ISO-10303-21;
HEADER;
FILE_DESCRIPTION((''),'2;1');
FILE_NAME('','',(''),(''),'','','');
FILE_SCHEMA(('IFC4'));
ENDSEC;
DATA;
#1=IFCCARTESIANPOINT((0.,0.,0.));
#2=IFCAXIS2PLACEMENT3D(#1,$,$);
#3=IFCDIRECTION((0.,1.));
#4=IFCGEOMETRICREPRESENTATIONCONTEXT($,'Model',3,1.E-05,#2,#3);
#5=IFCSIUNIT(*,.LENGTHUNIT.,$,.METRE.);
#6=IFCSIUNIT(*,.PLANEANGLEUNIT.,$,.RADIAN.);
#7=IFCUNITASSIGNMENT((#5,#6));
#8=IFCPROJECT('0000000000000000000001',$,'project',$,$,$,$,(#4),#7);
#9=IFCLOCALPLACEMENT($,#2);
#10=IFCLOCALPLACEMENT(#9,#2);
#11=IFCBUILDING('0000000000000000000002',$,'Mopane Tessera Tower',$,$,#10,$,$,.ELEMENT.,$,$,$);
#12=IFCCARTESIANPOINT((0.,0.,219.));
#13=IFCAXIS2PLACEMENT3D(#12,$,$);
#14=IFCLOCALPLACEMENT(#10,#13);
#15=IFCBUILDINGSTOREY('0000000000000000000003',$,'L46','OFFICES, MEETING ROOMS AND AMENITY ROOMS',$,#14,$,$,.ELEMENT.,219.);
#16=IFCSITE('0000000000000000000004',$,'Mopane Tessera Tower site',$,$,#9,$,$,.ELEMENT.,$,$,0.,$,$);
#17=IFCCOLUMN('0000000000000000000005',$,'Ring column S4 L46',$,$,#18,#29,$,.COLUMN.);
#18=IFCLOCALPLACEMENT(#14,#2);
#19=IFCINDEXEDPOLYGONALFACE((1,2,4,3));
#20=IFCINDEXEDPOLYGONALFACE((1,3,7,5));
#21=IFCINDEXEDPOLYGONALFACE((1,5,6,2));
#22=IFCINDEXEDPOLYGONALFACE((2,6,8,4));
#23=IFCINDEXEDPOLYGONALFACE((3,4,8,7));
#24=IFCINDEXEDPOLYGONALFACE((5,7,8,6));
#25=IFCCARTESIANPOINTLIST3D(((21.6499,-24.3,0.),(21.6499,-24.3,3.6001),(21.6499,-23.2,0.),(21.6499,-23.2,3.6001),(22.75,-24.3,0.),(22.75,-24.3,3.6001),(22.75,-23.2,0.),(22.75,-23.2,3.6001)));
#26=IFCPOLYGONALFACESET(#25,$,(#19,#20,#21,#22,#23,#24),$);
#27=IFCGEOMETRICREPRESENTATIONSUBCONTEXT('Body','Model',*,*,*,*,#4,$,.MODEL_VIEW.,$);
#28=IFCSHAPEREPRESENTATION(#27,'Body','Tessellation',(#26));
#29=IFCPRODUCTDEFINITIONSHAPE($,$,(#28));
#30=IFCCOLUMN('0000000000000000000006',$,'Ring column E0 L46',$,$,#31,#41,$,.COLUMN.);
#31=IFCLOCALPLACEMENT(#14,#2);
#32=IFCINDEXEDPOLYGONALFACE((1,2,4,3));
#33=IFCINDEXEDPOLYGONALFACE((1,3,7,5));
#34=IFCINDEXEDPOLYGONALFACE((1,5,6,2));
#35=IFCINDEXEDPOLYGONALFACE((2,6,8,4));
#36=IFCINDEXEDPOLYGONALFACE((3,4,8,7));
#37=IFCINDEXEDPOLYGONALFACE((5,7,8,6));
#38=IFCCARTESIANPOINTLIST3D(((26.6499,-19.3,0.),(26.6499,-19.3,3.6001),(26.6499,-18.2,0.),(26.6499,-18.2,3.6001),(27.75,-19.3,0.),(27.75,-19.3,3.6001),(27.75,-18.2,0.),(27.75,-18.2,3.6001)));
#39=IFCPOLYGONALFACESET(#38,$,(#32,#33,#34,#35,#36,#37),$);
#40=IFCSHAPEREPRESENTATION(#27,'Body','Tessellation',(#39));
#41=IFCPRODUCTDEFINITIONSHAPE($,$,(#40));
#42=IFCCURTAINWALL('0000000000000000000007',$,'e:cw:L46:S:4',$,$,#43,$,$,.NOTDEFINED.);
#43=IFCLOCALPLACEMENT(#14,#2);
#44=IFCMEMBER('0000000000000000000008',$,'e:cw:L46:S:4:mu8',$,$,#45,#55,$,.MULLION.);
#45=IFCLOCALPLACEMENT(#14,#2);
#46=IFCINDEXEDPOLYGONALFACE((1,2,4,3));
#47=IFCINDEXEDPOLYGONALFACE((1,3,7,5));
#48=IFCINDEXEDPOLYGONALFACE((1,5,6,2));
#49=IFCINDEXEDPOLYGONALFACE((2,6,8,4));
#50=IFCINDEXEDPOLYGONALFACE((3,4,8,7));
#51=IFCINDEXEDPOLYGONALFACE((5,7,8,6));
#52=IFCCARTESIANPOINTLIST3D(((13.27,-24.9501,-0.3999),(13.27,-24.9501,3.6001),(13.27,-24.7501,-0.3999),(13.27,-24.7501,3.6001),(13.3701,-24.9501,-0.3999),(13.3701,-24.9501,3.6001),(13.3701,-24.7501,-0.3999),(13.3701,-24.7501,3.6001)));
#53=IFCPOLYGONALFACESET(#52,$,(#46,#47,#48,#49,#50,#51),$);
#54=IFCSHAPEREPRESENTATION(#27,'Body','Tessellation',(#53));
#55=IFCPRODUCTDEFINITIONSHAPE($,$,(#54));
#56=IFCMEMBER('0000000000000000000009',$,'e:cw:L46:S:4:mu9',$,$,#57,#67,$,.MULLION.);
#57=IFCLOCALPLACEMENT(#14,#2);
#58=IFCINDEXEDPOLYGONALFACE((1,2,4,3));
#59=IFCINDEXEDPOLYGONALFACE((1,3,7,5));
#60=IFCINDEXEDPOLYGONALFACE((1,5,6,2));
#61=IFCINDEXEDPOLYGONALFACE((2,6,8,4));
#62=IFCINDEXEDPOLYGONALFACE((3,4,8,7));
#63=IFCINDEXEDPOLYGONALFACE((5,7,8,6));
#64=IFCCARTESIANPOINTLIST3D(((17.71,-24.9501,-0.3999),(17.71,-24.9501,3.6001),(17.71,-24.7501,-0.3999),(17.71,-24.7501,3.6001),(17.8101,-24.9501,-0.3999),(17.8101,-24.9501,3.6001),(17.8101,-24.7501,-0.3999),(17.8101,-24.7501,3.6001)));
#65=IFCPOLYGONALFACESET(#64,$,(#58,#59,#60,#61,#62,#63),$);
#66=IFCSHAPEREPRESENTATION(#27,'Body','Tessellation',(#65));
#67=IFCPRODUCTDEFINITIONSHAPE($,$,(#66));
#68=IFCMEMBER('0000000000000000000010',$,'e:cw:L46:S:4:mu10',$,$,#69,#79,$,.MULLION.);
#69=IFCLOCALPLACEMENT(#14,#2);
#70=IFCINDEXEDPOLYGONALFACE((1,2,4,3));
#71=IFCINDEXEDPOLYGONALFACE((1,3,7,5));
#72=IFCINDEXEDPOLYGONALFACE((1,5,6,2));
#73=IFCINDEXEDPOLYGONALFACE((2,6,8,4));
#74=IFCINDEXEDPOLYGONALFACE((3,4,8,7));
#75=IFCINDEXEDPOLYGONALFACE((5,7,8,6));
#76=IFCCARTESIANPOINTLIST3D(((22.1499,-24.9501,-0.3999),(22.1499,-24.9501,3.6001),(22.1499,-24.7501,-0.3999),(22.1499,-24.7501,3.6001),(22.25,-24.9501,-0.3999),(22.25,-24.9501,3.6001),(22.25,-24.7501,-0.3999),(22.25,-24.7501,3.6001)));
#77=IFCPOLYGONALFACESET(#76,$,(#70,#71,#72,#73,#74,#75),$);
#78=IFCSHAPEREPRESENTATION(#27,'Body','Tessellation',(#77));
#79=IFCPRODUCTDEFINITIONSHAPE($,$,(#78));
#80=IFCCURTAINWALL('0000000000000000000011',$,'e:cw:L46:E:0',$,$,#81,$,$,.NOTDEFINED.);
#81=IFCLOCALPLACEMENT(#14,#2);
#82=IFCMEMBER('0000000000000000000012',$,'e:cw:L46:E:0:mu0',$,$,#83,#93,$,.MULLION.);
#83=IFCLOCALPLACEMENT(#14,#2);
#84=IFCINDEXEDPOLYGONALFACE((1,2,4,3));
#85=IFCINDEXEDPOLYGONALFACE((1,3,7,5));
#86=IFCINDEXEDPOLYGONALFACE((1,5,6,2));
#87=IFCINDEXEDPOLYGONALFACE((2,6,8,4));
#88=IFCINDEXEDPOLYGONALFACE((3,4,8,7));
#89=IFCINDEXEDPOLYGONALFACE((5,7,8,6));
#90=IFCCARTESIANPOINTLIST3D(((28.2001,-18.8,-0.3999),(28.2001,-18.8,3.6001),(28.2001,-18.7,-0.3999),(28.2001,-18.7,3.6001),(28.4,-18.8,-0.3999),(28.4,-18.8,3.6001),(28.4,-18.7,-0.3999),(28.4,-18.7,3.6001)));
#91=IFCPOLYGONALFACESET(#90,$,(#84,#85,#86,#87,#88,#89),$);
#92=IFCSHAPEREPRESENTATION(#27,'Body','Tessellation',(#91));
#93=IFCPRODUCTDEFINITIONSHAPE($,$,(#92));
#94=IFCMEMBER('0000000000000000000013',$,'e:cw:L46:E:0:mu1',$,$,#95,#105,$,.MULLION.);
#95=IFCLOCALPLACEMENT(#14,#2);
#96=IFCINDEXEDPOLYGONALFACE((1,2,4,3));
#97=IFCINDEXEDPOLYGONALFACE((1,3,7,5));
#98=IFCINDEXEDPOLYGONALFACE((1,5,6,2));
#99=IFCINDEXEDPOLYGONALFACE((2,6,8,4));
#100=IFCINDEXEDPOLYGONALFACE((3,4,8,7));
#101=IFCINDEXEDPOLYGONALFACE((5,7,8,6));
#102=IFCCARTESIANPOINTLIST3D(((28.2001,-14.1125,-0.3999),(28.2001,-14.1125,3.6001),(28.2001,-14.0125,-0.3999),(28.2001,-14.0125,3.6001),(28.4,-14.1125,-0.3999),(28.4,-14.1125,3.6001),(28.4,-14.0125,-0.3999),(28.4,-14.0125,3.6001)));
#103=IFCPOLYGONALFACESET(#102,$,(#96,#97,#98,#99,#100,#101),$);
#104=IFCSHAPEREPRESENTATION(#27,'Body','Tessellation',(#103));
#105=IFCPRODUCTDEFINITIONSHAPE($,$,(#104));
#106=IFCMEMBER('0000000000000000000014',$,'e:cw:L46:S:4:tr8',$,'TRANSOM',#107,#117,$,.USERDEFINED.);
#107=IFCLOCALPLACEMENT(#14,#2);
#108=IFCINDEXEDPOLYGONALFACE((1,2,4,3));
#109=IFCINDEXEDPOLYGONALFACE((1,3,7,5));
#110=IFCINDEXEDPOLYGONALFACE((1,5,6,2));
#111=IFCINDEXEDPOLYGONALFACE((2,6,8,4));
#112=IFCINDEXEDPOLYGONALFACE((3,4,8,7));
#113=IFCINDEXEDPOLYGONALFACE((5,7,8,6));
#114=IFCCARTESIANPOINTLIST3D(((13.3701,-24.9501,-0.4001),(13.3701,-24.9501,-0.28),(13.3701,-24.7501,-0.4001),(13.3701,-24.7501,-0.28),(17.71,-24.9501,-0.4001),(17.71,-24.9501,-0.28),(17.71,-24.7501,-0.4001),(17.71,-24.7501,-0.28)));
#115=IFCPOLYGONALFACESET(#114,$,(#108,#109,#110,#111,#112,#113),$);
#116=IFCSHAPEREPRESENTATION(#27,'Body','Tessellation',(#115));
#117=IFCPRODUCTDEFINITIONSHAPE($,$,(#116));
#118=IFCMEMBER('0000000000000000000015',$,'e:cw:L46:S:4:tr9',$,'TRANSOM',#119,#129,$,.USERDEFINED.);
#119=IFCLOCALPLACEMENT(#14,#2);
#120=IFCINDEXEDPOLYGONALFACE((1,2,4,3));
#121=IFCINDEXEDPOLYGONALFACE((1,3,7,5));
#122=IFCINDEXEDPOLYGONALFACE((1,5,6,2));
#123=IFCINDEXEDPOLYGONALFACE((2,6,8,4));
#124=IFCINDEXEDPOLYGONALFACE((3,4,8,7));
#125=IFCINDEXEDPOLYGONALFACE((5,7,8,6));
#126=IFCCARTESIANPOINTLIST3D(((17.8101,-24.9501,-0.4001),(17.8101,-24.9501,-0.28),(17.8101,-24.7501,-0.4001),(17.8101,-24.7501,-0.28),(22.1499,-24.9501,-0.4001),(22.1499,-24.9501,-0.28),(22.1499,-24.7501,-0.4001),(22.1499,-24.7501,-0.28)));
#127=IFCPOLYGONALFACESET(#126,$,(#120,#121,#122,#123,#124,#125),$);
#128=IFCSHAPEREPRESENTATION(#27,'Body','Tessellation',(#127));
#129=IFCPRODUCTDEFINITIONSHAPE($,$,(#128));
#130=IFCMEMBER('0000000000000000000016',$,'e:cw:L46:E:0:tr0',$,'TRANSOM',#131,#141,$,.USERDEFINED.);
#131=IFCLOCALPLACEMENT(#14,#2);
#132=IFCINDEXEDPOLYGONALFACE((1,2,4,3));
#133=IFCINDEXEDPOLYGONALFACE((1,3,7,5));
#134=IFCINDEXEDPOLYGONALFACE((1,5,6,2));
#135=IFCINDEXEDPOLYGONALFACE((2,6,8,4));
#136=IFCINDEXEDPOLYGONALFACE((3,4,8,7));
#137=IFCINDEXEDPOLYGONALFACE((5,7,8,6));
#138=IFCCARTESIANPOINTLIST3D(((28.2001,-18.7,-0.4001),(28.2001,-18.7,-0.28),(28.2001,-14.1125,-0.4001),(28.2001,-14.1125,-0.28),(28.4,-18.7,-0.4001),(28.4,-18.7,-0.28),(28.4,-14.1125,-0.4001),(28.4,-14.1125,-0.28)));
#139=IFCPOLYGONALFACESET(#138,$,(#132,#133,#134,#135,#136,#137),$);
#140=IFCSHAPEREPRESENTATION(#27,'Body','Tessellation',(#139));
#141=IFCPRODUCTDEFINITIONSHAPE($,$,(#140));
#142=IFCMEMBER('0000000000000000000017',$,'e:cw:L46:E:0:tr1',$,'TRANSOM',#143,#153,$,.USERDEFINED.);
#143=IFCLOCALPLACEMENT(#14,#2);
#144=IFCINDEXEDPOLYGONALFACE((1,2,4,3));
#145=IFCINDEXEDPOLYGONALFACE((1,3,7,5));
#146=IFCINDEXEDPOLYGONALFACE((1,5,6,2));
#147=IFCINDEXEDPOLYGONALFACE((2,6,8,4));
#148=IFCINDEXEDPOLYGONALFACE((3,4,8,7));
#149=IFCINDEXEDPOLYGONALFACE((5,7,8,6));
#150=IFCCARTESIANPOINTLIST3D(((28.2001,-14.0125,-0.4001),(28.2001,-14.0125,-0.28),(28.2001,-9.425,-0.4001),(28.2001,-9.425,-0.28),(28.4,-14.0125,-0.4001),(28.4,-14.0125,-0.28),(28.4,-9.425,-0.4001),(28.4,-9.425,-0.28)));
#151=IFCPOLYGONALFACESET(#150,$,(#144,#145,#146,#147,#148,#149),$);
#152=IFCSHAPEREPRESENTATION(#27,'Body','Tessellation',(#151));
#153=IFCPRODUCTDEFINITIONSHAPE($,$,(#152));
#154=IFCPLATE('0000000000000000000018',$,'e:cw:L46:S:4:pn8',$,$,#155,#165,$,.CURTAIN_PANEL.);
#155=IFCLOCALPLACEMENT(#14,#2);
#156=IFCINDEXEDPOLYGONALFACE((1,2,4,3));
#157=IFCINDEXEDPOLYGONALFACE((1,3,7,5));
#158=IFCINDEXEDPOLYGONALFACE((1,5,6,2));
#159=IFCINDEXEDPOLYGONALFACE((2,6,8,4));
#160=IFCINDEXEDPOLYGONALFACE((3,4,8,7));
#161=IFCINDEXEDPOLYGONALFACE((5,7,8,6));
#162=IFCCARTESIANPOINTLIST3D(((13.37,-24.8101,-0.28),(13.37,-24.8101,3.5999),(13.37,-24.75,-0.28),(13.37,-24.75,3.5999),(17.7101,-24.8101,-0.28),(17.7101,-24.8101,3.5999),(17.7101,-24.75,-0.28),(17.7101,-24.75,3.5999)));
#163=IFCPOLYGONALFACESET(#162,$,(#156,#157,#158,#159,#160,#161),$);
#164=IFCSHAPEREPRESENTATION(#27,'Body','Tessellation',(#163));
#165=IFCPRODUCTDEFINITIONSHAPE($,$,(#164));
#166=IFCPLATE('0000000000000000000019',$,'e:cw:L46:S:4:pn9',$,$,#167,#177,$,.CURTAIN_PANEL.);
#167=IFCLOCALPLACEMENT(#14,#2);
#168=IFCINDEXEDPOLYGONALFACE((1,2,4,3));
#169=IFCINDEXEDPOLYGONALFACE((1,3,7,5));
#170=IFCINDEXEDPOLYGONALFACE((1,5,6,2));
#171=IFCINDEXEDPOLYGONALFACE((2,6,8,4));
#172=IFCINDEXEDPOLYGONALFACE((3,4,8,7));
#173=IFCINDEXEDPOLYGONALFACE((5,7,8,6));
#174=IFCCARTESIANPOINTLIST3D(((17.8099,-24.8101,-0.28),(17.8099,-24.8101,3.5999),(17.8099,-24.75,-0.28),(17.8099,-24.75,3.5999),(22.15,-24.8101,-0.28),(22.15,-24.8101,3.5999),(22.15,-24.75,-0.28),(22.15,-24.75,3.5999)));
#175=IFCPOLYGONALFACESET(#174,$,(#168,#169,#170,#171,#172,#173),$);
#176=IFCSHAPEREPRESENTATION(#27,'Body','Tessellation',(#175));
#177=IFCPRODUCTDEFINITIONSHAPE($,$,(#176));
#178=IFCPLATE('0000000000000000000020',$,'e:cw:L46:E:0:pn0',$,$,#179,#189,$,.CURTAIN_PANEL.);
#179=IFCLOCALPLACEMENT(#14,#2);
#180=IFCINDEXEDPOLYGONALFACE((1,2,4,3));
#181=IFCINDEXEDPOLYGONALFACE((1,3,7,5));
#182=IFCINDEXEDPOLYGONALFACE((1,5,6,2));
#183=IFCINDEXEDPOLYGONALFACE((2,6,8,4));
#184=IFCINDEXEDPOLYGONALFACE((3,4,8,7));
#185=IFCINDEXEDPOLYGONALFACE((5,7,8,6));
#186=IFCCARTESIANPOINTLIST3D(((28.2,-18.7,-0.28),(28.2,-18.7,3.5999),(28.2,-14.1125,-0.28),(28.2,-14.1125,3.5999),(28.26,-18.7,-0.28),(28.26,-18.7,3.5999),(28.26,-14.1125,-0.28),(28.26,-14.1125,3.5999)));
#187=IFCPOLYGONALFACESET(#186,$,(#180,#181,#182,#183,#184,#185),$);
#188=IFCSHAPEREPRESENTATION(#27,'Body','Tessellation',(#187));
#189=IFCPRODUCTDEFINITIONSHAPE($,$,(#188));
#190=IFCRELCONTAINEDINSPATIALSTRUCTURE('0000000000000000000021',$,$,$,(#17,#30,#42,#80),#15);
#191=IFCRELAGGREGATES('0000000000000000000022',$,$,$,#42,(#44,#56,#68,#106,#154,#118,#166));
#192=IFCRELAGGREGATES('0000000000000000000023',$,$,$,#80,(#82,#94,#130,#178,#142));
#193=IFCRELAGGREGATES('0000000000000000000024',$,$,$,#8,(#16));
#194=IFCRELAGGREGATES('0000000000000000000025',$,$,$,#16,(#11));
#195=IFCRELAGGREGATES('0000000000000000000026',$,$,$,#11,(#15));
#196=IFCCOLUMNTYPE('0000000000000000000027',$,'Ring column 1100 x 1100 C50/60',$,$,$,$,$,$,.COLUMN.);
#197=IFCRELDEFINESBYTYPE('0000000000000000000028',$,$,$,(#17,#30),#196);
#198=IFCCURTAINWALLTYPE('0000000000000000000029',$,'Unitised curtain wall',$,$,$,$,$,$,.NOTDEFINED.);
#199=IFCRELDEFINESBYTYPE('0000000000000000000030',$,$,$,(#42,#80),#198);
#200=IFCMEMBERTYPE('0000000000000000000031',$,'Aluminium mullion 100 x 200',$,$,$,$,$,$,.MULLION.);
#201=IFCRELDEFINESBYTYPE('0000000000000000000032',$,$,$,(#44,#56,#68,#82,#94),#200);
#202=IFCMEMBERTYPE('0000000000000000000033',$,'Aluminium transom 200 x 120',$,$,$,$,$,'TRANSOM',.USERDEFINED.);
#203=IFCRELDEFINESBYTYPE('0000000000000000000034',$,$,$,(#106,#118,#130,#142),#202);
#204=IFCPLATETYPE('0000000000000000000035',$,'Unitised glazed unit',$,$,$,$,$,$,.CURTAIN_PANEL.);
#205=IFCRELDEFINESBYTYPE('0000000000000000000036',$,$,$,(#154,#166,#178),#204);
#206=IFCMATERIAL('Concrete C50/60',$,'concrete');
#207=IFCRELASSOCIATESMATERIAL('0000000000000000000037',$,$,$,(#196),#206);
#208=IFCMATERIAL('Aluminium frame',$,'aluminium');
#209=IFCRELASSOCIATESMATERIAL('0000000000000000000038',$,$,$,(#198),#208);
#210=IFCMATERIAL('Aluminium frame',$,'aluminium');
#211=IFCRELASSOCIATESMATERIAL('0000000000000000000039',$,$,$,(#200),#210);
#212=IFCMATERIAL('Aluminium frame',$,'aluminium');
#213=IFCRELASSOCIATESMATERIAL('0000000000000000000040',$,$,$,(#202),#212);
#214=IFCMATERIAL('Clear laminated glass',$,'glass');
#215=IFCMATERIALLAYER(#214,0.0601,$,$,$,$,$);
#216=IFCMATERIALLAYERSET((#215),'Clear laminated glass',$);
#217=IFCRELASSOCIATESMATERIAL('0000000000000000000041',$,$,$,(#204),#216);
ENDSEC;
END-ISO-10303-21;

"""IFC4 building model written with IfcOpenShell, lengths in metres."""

from ifc_helpers import new_model, si_unit, direction, frame, origin, origin_2d, place, context, subcontext, project, spatial, rectangle, extrude, material, layer, layer_set, material_profile, profile_set, type_object, element, aggregate, save


model = new_model("IFC4")

# Units and contexts
model_context = context("Model", 3, precision=1e-05, world=origin(), true_north=direction((0.0, 1.0)))
body_context = subcontext(model_context, "Body", "Model", "MODEL_VIEW")
ifc_project = project(units=[si_unit("LENGTHUNIT", "METRE"), si_unit("PLANEANGLEUNIT", "RADIAN")], contexts=[model_context])

# Site, building, storey
site_placement = place(None, origin())
site = spatial("IfcSite", under=ifc_project, at=site_placement, Name="Mopane Tessera Tower site", CompositionType="ELEMENT", RefElevation=0.0)
building_placement = place(site_placement, origin())
building = spatial("IfcBuilding", under=site, at=building_placement, Name="Mopane Tessera Tower", CompositionType="ELEMENT")
storey_placement = place(building_placement, frame((0.0, 0.0, 219.0)))
storey = spatial("IfcBuildingStorey", under=building, at=storey_placement, Name="L46", Description="OFFICES, MEETING ROOMS AND AMENITY ROOMS", CompositionType="ELEMENT", Elevation=219.0)

# Columns
ifc_material_1 = material(Name="Concrete C50/60", Category="concrete")
ifc_material_profile_1 = material_profile(ifc_material_1, rectangle(XDim=1.1001, YDim=1.1001, at=origin_2d()))
ifc_profile_set_1 = profile_set([ifc_material_profile_1], Name="Concrete C50/60")
column_type = type_object("IfcColumnType", Name="Ring column 1100 x 1100 C50/60", PredefinedType="COLUMN", material=ifc_profile_set_1)
for number, where, z_axis, x_axis, name in (
    (1, (22.2, -23.75, 0.0), (0.0, 0.0, 1.0), (1.0, 0.0, 0.0), "Ring column S4 L46"),
    (2, (27.2, -18.75, 0.0), (0.0, 0.0, 1.0), (1.0, 0.0, 0.0), "Ring column E0 L46"),
):
    element("IfcColumn", number, at=place(storey_placement, frame(where, z_axis=z_axis, x_axis=x_axis)), inside=storey, type_object=column_type, Name=name, PredefinedType="COLUMN", context=body_context, shape_type="SweptSolid", body=[
        extrude(rectangle(XDim=1.1001, YDim=1.1001, at=origin_2d()), origin(), (0.0, 0.0, 1.0), 3.6001),
    ])

# Curtain walls, members
ifc_material_2 = material(Name="Aluminium frame", Category="aluminium")
curtain_wall_type = type_object("IfcCurtainWallType", Name="Unitised curtain wall", PredefinedType="NOTDEFINED", material=ifc_material_2)
curtain_wall_1_placement = place(storey_placement, origin())
curtain_wall_1 = element("IfcCurtainWall", 3, at=curtain_wall_1_placement, inside=storey, type_object=curtain_wall_type, Name="e:cw:L46:S:4", PredefinedType="NOTDEFINED")
ifc_material_3 = material(Name="Aluminium frame", Category="aluminium")
ifc_material_profile_2 = material_profile(ifc_material_3, rectangle(XDim=0.1001, YDim=0.2, at=origin_2d()))
ifc_profile_set_2 = profile_set([ifc_material_profile_2], Name="Aluminium frame")
member_type_1 = type_object("IfcMemberType", Name="Aluminium mullion 100 x 200", PredefinedType="MULLION", material=ifc_profile_set_2)
member_1_placement = place(storey_placement, frame((13.3201, -24.8501, -0.3999), z_axis=(0.0, 0.0, 1.0), x_axis=(1.0, 0.0, 0.0)))
member_1 = element("IfcMember", 4, at=member_1_placement, type_object=member_type_1, Name="e:cw:L46:S:4:mu8", PredefinedType="MULLION", context=body_context, shape_type="SweptSolid", body=[
    extrude(rectangle(XDim=0.1001, YDim=0.2, at=origin_2d()), origin(), (0.0, 0.0, 1.0), 4.0),
])
member_2_placement = place(storey_placement, frame((17.76, -24.8501, -0.3999), z_axis=(0.0, 0.0, 1.0), x_axis=(1.0, 0.0, 0.0)))
member_2 = element("IfcMember", 5, at=member_2_placement, type_object=member_type_1, Name="e:cw:L46:S:4:mu9", PredefinedType="MULLION", context=body_context, shape_type="SweptSolid", body=[
    extrude(rectangle(XDim=0.1001, YDim=0.2, at=origin_2d()), origin(), (0.0, 0.0, 1.0), 4.0),
])
member_3_placement = place(storey_placement, frame((22.2, -24.8501, -0.3999), z_axis=(0.0, 0.0, 1.0), x_axis=(1.0, 0.0, 0.0)))
member_3 = element("IfcMember", 6, at=member_3_placement, type_object=member_type_1, Name="e:cw:L46:S:4:mu10", PredefinedType="MULLION", context=body_context, shape_type="SweptSolid", body=[
    extrude(rectangle(XDim=0.1001, YDim=0.2, at=origin_2d()), origin(), (0.0, 0.0, 1.0), 4.0),
])
curtain_wall_2_placement = place(storey_placement, origin())
curtain_wall_2 = element("IfcCurtainWall", 7, at=curtain_wall_2_placement, inside=storey, type_object=curtain_wall_type, Name="e:cw:L46:E:0", PredefinedType="NOTDEFINED")
member_4_placement = place(storey_placement, frame((28.3, -18.75, -0.3999), z_axis=(0.0, 0.0, 1.0), x_axis=(0.0, 1.0, 0.0)))
member_4 = element("IfcMember", 8, at=member_4_placement, type_object=member_type_1, Name="e:cw:L46:E:0:mu0", PredefinedType="MULLION", context=body_context, shape_type="SweptSolid", body=[
    extrude(rectangle(XDim=0.1001, YDim=0.2, at=origin_2d()), origin(), (0.0, 0.0, 1.0), 4.0),
])
member_5_placement = place(storey_placement, frame((28.3, -14.0625, -0.3999), z_axis=(0.0, 0.0, 1.0), x_axis=(0.0, 1.0, 0.0)))
member_5 = element("IfcMember", 9, at=member_5_placement, type_object=member_type_1, Name="e:cw:L46:E:0:mu1", PredefinedType="MULLION", context=body_context, shape_type="SweptSolid", body=[
    extrude(rectangle(XDim=0.1001, YDim=0.2, at=origin_2d()), origin(), (0.0, 0.0, 1.0), 4.0),
])

# Members
ifc_material_4 = material(Name="Aluminium frame", Category="aluminium")
ifc_material_profile_3 = material_profile(ifc_material_4, rectangle(XDim=0.2, YDim=0.1201, at=origin_2d()))
ifc_profile_set_3 = profile_set([ifc_material_profile_3], Name="Aluminium frame")
member_type_2 = type_object("IfcMemberType", Name="Aluminium transom 200 x 120", ElementType="TRANSOM", PredefinedType="USERDEFINED", material=ifc_profile_set_3)
member_6_placement = place(storey_placement, frame((13.3701, -24.8501, -0.3401), z_axis=(1.0, 0.0, 0.0), x_axis=(0.0, 1.0, 0.0)))
member_6 = element("IfcMember", 10, at=member_6_placement, type_object=member_type_2, Name="e:cw:L46:S:4:tr8", ObjectType="TRANSOM", PredefinedType="USERDEFINED", context=body_context, shape_type="SweptSolid", body=[
    extrude(rectangle(XDim=0.2, YDim=0.1201, at=origin_2d()), origin(), (0.0, 0.0, 1.0), 4.3398),
])
member_7_placement = place(storey_placement, frame((17.8101, -24.8501, -0.3401), z_axis=(1.0, 0.0, 0.0), x_axis=(0.0, 1.0, 0.0)))
member_7 = element("IfcMember", 11, at=member_7_placement, type_object=member_type_2, Name="e:cw:L46:S:4:tr9", ObjectType="TRANSOM", PredefinedType="USERDEFINED", context=body_context, shape_type="SweptSolid", body=[
    extrude(rectangle(XDim=0.2, YDim=0.1201, at=origin_2d()), origin(), (0.0, 0.0, 1.0), 4.3398),
])
member_8_placement = place(storey_placement, frame((28.3, -18.7, -0.3401), z_axis=(0.0, 1.0, 0.0), x_axis=(-1.0, 0.0, 0.0)))
member_8 = element("IfcMember", 12, at=member_8_placement, type_object=member_type_2, Name="e:cw:L46:E:0:tr0", ObjectType="TRANSOM", PredefinedType="USERDEFINED", context=body_context, shape_type="SweptSolid", body=[
    extrude(rectangle(XDim=0.2, YDim=0.1201, at=origin_2d()), origin(), (0.0, 0.0, 1.0), 4.5874),
])
member_9_placement = place(storey_placement, frame((28.3, -14.0125, -0.3401), z_axis=(0.0, 1.0, 0.0), x_axis=(-1.0, 0.0, 0.0)))
member_9 = element("IfcMember", 13, at=member_9_placement, type_object=member_type_2, Name="e:cw:L46:E:0:tr1", ObjectType="TRANSOM", PredefinedType="USERDEFINED", context=body_context, shape_type="SweptSolid", body=[
    extrude(rectangle(XDim=0.2, YDim=0.1201, at=origin_2d()), origin(), (0.0, 0.0, 1.0), 4.5874),
])

# Plates
ifc_material_5 = material(Name="Clear laminated glass", Category="glass")
ifc_layer = layer(ifc_material_5, 0.0601)
ifc_layer_set = layer_set([ifc_layer], Name="Clear laminated glass")
plate_type = type_object("IfcPlateType", Name="Unitised glazed unit", PredefinedType="CURTAIN_PANEL", material=ifc_layer_set)
plate_1_placement = place(storey_placement, frame((15.54, -24.78, -0.28), z_axis=(0.0, 0.0, 1.0), x_axis=(1.0, 0.0, 0.0)))
plate_1 = element("IfcPlate", 14, at=plate_1_placement, type_object=plate_type, Name="e:cw:L46:S:4:pn8", PredefinedType="CURTAIN_PANEL", context=body_context, shape_type="SweptSolid", body=[
    extrude(rectangle(XDim=4.3401, YDim=0.0601, at=origin_2d()), origin(), (0.0, 0.0, 1.0), 3.8799),
])
plate_2_placement = place(storey_placement, frame((19.98, -24.78, -0.28), z_axis=(0.0, 0.0, 1.0), x_axis=(1.0, 0.0, 0.0)))
plate_2 = element("IfcPlate", 15, at=plate_2_placement, type_object=plate_type, Name="e:cw:L46:S:4:pn9", PredefinedType="CURTAIN_PANEL", context=body_context, shape_type="SweptSolid", body=[
    extrude(rectangle(XDim=4.3401, YDim=0.0601, at=origin_2d()), origin(), (0.0, 0.0, 1.0), 3.8799),
])
aggregate(curtain_wall_1, [member_1, member_2, member_3, member_6, plate_1, member_7, plate_2])
plate_3_placement = place(storey_placement, frame((28.23, -16.4062, -0.28), z_axis=(0.0, 0.0, 1.0), x_axis=(0.0, 1.0, 0.0)))
plate_3 = element("IfcPlate", 16, at=plate_3_placement, type_object=plate_type, Name="e:cw:L46:E:0:pn0", PredefinedType="CURTAIN_PANEL", context=body_context, shape_type="SweptSolid", body=[
    extrude(rectangle(XDim=4.5874, YDim=0.0601, at=origin_2d()), origin(), (0.0, 0.0, 1.0), 3.8799),
])
aggregate(curtain_wall_2, [member_4, member_5, member_8, plate_3, member_9])

save(model, "model.ifc")
